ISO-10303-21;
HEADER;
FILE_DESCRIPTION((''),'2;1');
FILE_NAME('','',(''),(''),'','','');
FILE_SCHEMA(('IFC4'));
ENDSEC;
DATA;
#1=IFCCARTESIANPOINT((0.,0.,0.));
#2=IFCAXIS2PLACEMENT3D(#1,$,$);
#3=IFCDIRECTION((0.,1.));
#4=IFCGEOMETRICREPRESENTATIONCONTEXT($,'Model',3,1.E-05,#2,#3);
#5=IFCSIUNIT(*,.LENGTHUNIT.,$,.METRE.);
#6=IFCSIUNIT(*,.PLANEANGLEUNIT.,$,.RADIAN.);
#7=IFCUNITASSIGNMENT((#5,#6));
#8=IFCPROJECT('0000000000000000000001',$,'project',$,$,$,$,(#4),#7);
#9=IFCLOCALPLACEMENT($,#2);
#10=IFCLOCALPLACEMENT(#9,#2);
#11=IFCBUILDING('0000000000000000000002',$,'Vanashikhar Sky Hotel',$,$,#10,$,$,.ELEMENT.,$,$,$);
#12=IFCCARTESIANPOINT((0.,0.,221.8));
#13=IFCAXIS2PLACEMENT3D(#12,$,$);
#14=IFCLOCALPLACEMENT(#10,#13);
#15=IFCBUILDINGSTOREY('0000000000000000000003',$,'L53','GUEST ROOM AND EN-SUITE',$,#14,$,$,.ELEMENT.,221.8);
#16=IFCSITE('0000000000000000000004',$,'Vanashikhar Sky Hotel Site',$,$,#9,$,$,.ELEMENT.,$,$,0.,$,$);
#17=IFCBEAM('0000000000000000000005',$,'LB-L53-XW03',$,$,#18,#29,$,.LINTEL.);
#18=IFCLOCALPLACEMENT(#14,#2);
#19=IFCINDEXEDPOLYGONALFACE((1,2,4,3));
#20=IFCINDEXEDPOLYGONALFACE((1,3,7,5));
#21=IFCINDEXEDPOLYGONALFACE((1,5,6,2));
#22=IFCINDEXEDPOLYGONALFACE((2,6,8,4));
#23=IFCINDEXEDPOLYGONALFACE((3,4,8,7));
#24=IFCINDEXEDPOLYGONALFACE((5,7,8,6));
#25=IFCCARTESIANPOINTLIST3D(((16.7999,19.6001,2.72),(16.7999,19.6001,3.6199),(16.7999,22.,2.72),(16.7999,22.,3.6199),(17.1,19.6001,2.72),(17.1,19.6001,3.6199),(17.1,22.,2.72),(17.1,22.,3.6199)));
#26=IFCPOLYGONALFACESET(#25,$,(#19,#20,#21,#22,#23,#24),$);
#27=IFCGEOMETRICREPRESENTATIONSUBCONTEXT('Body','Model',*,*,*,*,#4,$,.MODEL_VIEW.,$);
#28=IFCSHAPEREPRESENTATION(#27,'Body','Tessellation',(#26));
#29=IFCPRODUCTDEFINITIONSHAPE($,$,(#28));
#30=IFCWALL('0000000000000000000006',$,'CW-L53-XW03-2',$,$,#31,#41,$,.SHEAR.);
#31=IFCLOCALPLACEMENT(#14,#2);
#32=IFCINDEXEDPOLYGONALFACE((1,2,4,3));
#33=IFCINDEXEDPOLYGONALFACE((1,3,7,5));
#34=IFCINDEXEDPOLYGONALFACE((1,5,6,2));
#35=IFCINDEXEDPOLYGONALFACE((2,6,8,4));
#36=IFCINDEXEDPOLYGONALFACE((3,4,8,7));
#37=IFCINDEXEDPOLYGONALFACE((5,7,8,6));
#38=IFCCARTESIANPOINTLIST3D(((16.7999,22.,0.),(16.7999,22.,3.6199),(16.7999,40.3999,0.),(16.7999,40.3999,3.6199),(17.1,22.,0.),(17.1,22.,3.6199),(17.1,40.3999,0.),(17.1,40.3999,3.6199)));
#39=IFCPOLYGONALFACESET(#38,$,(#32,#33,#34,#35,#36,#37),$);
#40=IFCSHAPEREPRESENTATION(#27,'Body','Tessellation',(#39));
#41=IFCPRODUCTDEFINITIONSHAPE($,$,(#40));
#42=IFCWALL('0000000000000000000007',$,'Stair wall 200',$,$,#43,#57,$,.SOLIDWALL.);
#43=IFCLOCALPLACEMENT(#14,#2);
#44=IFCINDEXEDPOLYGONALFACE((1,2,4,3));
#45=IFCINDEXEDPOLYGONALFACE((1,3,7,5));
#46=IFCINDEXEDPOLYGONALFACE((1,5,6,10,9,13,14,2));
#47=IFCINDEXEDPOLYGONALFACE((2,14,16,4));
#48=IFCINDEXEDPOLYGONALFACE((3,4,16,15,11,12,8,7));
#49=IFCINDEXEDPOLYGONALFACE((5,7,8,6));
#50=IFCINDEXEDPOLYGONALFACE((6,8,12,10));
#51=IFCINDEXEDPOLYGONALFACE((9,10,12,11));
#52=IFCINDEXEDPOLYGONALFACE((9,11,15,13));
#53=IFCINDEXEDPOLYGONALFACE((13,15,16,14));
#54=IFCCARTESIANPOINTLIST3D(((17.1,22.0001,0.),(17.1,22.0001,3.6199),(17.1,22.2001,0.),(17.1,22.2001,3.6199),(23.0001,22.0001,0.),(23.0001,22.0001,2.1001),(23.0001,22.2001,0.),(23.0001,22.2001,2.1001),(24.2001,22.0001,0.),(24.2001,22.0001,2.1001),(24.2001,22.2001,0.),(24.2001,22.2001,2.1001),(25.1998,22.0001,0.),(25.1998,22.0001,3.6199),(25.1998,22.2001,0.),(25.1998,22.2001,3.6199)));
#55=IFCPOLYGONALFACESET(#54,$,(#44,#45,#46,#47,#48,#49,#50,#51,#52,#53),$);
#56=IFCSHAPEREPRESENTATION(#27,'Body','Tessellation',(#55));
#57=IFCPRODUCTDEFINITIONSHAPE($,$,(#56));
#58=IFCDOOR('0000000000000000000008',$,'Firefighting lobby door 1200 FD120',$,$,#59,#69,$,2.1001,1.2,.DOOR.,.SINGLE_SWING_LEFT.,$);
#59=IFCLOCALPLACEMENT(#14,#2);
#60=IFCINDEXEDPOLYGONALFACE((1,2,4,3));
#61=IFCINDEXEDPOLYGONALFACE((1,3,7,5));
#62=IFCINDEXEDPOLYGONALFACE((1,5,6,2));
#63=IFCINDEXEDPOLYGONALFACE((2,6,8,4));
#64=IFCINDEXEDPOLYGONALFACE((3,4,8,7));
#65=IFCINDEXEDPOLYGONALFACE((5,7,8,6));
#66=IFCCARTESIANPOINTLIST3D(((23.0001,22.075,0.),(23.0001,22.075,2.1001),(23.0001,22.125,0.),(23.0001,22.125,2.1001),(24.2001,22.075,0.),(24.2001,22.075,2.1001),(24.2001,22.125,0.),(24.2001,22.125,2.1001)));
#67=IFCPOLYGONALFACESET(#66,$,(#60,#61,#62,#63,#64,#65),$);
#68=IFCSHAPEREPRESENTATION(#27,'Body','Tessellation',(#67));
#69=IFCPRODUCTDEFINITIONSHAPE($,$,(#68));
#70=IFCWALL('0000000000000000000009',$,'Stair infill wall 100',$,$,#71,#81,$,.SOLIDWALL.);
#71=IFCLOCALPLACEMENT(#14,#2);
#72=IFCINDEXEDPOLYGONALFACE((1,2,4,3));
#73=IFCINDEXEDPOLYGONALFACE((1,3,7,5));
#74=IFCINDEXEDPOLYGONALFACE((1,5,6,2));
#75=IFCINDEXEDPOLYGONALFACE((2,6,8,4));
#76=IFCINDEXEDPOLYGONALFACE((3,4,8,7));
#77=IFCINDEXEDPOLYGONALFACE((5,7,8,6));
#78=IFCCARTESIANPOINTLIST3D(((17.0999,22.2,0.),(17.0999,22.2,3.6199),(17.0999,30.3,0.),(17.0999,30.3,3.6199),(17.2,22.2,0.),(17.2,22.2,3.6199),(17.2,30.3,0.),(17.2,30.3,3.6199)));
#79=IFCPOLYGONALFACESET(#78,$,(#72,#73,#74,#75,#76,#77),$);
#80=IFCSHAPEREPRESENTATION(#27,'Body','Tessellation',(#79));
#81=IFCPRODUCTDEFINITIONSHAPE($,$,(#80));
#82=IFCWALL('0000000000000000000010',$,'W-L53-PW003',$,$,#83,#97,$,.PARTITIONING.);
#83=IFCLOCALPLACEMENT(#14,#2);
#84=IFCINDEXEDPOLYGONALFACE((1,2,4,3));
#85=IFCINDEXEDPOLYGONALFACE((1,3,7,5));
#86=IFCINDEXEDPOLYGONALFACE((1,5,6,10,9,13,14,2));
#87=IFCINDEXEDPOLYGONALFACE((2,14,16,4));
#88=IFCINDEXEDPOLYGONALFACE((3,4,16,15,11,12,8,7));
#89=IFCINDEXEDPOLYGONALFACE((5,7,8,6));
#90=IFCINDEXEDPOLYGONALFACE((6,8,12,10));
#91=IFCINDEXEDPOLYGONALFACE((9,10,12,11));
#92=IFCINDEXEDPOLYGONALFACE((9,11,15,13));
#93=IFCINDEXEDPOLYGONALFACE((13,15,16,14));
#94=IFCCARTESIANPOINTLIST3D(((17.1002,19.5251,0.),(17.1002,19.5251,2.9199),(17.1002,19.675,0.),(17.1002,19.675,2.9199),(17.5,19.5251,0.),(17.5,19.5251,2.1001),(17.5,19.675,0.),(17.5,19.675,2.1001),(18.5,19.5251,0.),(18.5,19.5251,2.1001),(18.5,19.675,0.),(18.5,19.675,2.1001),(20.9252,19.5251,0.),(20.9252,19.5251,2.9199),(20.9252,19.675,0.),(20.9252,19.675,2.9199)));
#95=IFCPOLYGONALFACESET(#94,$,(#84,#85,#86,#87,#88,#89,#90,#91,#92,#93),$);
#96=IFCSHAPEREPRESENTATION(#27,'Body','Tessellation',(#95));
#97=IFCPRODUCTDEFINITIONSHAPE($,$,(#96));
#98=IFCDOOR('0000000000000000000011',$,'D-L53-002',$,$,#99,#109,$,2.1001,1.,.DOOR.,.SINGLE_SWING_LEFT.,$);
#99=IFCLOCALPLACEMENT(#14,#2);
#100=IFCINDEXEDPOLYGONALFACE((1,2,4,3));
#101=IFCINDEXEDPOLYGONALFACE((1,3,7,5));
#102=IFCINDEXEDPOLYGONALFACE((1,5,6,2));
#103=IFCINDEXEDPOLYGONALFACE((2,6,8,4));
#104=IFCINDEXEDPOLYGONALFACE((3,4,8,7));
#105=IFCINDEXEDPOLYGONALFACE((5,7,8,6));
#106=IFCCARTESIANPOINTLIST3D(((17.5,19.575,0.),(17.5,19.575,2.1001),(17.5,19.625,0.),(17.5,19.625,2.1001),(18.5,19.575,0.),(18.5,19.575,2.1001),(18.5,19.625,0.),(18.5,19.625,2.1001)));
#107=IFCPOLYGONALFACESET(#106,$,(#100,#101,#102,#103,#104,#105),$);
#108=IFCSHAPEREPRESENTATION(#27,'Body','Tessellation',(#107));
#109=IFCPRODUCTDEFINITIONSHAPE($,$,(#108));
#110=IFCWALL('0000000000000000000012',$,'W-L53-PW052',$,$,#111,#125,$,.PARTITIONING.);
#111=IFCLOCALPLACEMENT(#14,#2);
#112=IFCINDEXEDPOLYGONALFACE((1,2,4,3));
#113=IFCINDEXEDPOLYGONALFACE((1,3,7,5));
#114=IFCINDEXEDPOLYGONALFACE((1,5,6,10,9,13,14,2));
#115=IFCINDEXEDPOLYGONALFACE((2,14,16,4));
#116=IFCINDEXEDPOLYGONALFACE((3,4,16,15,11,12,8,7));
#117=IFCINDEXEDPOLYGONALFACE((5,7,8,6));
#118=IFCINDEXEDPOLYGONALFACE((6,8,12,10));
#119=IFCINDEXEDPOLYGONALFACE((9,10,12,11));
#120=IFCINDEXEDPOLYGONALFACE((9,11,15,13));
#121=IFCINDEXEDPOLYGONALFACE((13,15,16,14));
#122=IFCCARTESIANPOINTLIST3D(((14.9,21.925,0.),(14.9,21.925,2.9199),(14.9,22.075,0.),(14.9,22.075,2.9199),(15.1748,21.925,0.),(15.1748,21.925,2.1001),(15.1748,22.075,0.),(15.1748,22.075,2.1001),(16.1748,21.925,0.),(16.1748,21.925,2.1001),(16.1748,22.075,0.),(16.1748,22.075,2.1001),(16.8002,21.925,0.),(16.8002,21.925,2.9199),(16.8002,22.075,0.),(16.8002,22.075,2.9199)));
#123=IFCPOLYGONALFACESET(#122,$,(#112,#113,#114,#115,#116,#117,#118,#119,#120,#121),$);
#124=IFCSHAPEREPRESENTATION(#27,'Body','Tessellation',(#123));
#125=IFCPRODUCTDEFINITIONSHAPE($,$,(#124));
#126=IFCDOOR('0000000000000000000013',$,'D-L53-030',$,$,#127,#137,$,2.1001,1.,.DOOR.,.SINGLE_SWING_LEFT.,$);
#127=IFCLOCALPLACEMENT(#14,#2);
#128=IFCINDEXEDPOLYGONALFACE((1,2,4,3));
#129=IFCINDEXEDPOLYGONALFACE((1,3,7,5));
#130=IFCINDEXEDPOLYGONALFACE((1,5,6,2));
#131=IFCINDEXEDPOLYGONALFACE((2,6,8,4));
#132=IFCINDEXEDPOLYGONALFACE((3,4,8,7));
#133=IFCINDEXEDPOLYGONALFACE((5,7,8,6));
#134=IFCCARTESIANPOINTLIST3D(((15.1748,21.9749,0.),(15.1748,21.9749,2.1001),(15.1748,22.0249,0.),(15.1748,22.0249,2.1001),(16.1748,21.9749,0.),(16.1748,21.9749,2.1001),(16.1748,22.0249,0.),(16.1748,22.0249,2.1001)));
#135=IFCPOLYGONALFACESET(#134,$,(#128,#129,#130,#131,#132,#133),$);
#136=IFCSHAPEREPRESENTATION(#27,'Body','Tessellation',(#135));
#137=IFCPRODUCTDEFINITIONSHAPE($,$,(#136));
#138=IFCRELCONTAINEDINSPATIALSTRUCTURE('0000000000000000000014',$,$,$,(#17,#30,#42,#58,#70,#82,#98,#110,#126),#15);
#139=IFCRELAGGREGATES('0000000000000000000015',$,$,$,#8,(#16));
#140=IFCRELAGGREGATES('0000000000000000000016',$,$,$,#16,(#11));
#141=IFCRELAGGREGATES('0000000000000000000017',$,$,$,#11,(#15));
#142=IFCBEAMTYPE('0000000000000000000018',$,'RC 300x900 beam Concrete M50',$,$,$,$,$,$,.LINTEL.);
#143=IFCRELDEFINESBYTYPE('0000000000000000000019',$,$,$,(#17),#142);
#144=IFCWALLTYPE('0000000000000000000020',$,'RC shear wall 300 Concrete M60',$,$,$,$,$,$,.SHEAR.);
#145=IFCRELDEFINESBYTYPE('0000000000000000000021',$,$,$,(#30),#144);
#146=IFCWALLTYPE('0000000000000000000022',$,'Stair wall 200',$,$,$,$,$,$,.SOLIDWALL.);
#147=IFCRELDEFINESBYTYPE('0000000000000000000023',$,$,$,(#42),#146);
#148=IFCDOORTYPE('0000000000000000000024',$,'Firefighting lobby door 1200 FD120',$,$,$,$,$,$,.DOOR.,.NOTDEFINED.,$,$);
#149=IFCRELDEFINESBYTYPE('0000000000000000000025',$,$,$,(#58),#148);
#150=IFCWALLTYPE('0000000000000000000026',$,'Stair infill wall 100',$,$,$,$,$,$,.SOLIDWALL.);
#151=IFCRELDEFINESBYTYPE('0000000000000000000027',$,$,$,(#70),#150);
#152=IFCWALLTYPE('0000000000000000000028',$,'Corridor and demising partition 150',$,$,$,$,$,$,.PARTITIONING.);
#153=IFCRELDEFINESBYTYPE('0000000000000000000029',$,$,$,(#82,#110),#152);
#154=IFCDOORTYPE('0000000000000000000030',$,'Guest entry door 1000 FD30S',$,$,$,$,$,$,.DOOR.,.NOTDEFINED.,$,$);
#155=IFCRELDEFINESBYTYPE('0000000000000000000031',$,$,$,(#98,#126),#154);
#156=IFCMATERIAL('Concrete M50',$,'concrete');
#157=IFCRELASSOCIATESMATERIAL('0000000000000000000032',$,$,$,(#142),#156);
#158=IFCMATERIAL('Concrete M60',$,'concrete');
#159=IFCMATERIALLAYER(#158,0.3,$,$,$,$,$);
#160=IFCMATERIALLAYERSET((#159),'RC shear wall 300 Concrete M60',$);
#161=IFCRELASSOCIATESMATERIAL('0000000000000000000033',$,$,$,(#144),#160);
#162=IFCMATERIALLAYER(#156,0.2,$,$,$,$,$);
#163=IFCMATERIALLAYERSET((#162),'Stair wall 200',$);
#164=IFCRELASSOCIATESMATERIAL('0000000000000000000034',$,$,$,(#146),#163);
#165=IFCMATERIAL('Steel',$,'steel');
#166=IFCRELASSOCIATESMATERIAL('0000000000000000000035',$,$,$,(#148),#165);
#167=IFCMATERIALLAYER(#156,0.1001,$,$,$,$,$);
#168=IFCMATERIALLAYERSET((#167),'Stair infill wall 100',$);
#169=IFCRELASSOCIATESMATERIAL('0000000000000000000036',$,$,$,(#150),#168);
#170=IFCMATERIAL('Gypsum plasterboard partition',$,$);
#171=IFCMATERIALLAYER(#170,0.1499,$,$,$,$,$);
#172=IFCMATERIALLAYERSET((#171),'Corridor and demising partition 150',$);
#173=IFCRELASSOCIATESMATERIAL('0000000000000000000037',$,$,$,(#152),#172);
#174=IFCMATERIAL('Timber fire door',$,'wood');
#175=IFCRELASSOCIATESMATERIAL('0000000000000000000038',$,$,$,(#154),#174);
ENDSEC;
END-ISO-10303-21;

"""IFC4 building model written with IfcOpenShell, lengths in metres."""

from ifc_helpers import new_model, si_unit, direction, frame, frame_2d, origin, origin_2d, place, context, subcontext, project, spatial, rectangle, extrude, source, transform, mapped, material, layer, layer_set, material_profile, profile_set, type_object, element, fill, save


model = new_model("IFC4")

# Units and contexts
model_context = context("Model", 3, precision=1e-05, world=origin(), true_north=direction((0.0, 1.0)))
body_context = subcontext(model_context, "Body", "Model", "MODEL_VIEW")
ifc_project = project(units=[si_unit("LENGTHUNIT", "METRE"), si_unit("PLANEANGLEUNIT", "RADIAN")], contexts=[model_context])

# Site, building, storey
site_placement = place(None, origin())
site = spatial("IfcSite", under=ifc_project, at=site_placement, Name="Vanashikhar Sky Hotel Site", CompositionType="ELEMENT", RefElevation=0.0)
building_placement = place(site_placement, origin())
building = spatial("IfcBuilding", under=site, at=building_placement, Name="Vanashikhar Sky Hotel", CompositionType="ELEMENT")
storey_placement = place(building_placement, frame((0.0, 0.0, 221.8)))
storey = spatial("IfcBuildingStorey", under=building, at=storey_placement, Name="L53", Description="GUEST ROOM AND EN-SUITE", CompositionType="ELEMENT", Elevation=221.8)

# Beam
ifc_material_1 = material(Name="Concrete M50", Category="concrete")
ifc_material_profile = material_profile(ifc_material_1, rectangle(XDim=0.3, YDim=0.8999, at=origin_2d()))
ifc_profile_set = profile_set([ifc_material_profile], Name="RC 300x900 beam Concrete M50")
beam_type = type_object("IfcBeamType", Name="RC 300x900 beam Concrete M50", PredefinedType="LINTEL", material=ifc_profile_set)
shared_shape_1 = source(origin(), body_context, "Body", "SweptSolid", [
    extrude(rectangle(XDim=0.3, YDim=0.8999, at=origin_2d()), origin(), (0.0, 0.0, 1.0), 2.3999),
])
beam_placement = place(storey_placement, frame((16.95, 19.6001, 3.1699), z_axis=(0.0, 1.0, 0.0), x_axis=(-1.0, 0.0, 0.0)))
element("IfcBeam", 1, at=beam_placement, inside=storey, type_object=beam_type, Name="LB-L53-XW03", PredefinedType="LINTEL", context=body_context, shape_type="MappedRepresentation", body=[
    mapped(shared_shape_1, transform((0.0, 0.0, 0.0), scale=1.0)),
])

# Wall
ifc_material_2 = material(Name="Concrete M60", Category="concrete")
ifc_layer_1 = layer(ifc_material_2, 0.3)
ifc_layer_set_1 = layer_set([ifc_layer_1], Name="RC shear wall 300 Concrete M60")
wall_type_1 = type_object("IfcWallType", Name="RC shear wall 300 Concrete M60", PredefinedType="SHEAR", material=ifc_layer_set_1)
shared_shape_2 = source(origin(), body_context, "Body", "SweptSolid", [
    extrude(rectangle(XDim=18.3999, YDim=0.3, at=frame_2d((9.2, 0.0))), origin(), (0.0, 0.0, 1.0), 3.6199),
])
wall_1_placement = place(storey_placement, frame((16.95, 22.0, 0.0), z_axis=(0.0, 0.0, 1.0), x_axis=(0.0, 1.0, 0.0)))
element("IfcWall", 2, at=wall_1_placement, inside=storey, type_object=wall_type_1, Name="CW-L53-XW03-2", PredefinedType="SHEAR", context=body_context, shape_type="MappedRepresentation", body=[
    mapped(shared_shape_2, transform((0.0, 0.0, 0.0), scale=1.0)),
])

# Wall, opening, door
ifc_layer_2 = layer(ifc_material_1, 0.2)
ifc_layer_set_2 = layer_set([ifc_layer_2], Name="Stair wall 200")
wall_type_2 = type_object("IfcWallType", Name="Stair wall 200", PredefinedType="SOLIDWALL", material=ifc_layer_set_2)
shared_shape_3 = source(origin(), body_context, "Body", "SweptSolid", [
    extrude(rectangle(XDim=8.0999, YDim=0.2, at=frame_2d((4.0498, 0.0))), origin(), (0.0, 0.0, 1.0), 3.6199),
])
wall_2_placement = place(storey_placement, frame((17.1001, 22.1001, 0.0), z_axis=(0.0, 0.0, 1.0), x_axis=(1.0, 0.0, 0.0)))
wall_2 = element("IfcWall", 3, at=wall_2_placement, inside=storey, type_object=wall_type_2, Name="Stair wall 200", PredefinedType="SOLIDWALL", context=body_context, shape_type="MappedRepresentation", body=[
    mapped(shared_shape_3, transform((0.0, 0.0, 0.0), scale=1.0)),
])
shared_shape_4 = source(origin(), body_context, "Body", "SweptSolid", [
    extrude(rectangle(XDim=1.2, YDim=2.1001, at=frame_2d((0.6001, 1.05))), frame((0.0, 0.1099, 0.0), z_axis=(0.0, -1.0, 0.0), x_axis=(1.0, 0.0, 0.0)), (0.0, 0.0, 1.0), 0.22),
])
opening_1_placement = place(wall_2_placement, frame((5.8999, 0.0, 0.0)))
opening_1 = element("IfcOpeningElement", 4, at=opening_1_placement, cuts=wall_2, PredefinedType="OPENING", context=body_context, shape_type="MappedRepresentation", body=[
    mapped(shared_shape_4, transform((0.0, 0.0, 0.0), scale=1.0)),
])
ifc_material_3 = material(Name="Steel", Category="steel")
door_type_1 = type_object("IfcDoorType", Name="Firefighting lobby door 1200 FD120", OperationType="NOTDEFINED", PredefinedType="DOOR", material=ifc_material_3)
shared_shape_5 = source(origin(), body_context, "Body", "SweptSolid", [
    extrude(rectangle(XDim=1.2, YDim=2.1001, at=frame_2d((0.6001, 1.05))), frame((0.0, 0.0249, 0.0), z_axis=(0.0, -1.0, 0.0), x_axis=(1.0, 0.0, 0.0)), (0.0, 0.0, 1.0), 0.05),
])
door_1_placement = place(opening_1_placement, origin())
door_1 = element("IfcDoor", 5, at=door_1_placement, inside=storey, type_object=door_type_1, Name="Firefighting lobby door 1200 FD120", OperationType="SINGLE_SWING_LEFT", OverallHeight=2.1001, OverallWidth=1.2, PredefinedType="DOOR", context=body_context, shape_type="MappedRepresentation", body=[
    mapped(shared_shape_5, transform((0.0, 0.0, 0.0), scale=1.0)),
])
fill(opening_1, door_1)

# Wall
ifc_layer_3 = layer(ifc_material_1, 0.1001)
ifc_layer_set_3 = layer_set([ifc_layer_3], Name="Stair infill wall 100")
wall_type_3 = type_object("IfcWallType", Name="Stair infill wall 100", PredefinedType="SOLIDWALL", material=ifc_layer_set_3)
shared_shape_6 = source(origin(), body_context, "Body", "SweptSolid", [
    extrude(rectangle(XDim=8.1001, YDim=0.1001, at=frame_2d((4.05, 0.0))), origin(), (0.0, 0.0, 1.0), 3.6199),
])
wall_3_placement = place(storey_placement, frame((17.1499, 22.2, 0.0), z_axis=(0.0, 0.0, 1.0), x_axis=(0.0, 1.0, 0.0)))
element("IfcWall", 6, at=wall_3_placement, inside=storey, type_object=wall_type_3, Name="Stair infill wall 100", PredefinedType="SOLIDWALL", context=body_context, shape_type="MappedRepresentation", body=[
    mapped(shared_shape_6, transform((0.0, 0.0, 0.0), scale=1.0)),
])

# Walls, openings, doors
ifc_material_4 = material(Name="Gypsum plasterboard partition")
ifc_layer_4 = layer(ifc_material_4, 0.1499)
ifc_layer_set_4 = layer_set([ifc_layer_4], Name="Corridor and demising partition 150")
wall_type_4 = type_object("IfcWallType", Name="Corridor and demising partition 150", PredefinedType="PARTITIONING", material=ifc_layer_set_4)
shared_shape_7 = source(origin(), body_context, "Body", "SweptSolid", [
    extrude(rectangle(XDim=3.825, YDim=0.1499, at=frame_2d((1.9126, 0.0))), origin(), (0.0, 0.0, 1.0), 2.9199),
])
wall_4_placement = place(storey_placement, frame((17.1001, 19.6001, 0.0), z_axis=(0.0, 0.0, 1.0), x_axis=(1.0, 0.0, 0.0)))
wall_4 = element("IfcWall", 7, at=wall_4_placement, inside=storey, type_object=wall_type_4, Name="W-L53-PW003", PredefinedType="PARTITIONING", context=body_context, shape_type="MappedRepresentation", body=[
    mapped(shared_shape_7, transform((0.0, 0.0, 0.0), scale=1.0)),
])
shared_shape_8 = source(origin(), body_context, "Body", "SweptSolid", [
    extrude(rectangle(XDim=1.0, YDim=2.1001, at=frame_2d((0.5, 1.05))), frame((0.0, 0.085, 0.0), z_axis=(0.0, -1.0, 0.0), x_axis=(1.0, 0.0, 0.0)), (0.0, 0.0, 1.0), 0.1699),
])
opening_2_placement = place(wall_4_placement, frame((0.3999, 0.0, 0.0)))
opening_2 = element("IfcOpeningElement", 8, at=opening_2_placement, cuts=wall_4, PredefinedType="OPENING", context=body_context, shape_type="MappedRepresentation", body=[
    mapped(shared_shape_8, transform((0.0, 0.0, 0.0), scale=1.0)),
])
ifc_material_5 = material(Name="Timber fire door", Category="wood")
door_type_2 = type_object("IfcDoorType", Name="Guest entry door 1000 FD30S", OperationType="NOTDEFINED", PredefinedType="DOOR", material=ifc_material_5)
shared_shape_9 = source(origin(), body_context, "Body", "SweptSolid", [
    extrude(rectangle(XDim=1.0, YDim=2.1001, at=frame_2d((0.5, 1.05))), frame((0.0, 0.0249, 0.0), z_axis=(0.0, -1.0, 0.0), x_axis=(1.0, 0.0, 0.0)), (0.0, 0.0, 1.0), 0.05),
])
door_2_placement = place(opening_2_placement, origin())
door_2 = element("IfcDoor", 9, at=door_2_placement, inside=storey, type_object=door_type_2, Name="D-L53-002", OperationType="SINGLE_SWING_LEFT", OverallHeight=2.1001, OverallWidth=1.0, PredefinedType="DOOR", context=body_context, shape_type="MappedRepresentation", body=[
    mapped(shared_shape_9, transform((0.0, 0.0, 0.0), scale=1.0)),
])
fill(opening_2, door_2)
shared_shape_10 = source(origin(), body_context, "Body", "SweptSolid", [
    extrude(rectangle(XDim=1.9001, YDim=0.1499, at=frame_2d((0.9502, 0.0))), origin(), (0.0, 0.0, 1.0), 2.9199),
])
wall_5_placement = place(storey_placement, frame((14.8999, 22.0, 0.0), z_axis=(0.0, 0.0, 1.0), x_axis=(1.0, 0.0, 0.0)))
wall_5 = element("IfcWall", 10, at=wall_5_placement, inside=storey, type_object=wall_type_4, Name="W-L53-PW052", PredefinedType="PARTITIONING", context=body_context, shape_type="MappedRepresentation", body=[
    mapped(shared_shape_10, transform((0.0, 0.0, 0.0), scale=1.0)),
])
opening_3_placement = place(wall_5_placement, frame((0.2749, 0.0, 0.0)))
opening_3 = element("IfcOpeningElement", 11, at=opening_3_placement, cuts=wall_5, PredefinedType="OPENING", context=body_context, shape_type="MappedRepresentation", body=[
    mapped(shared_shape_8, transform((0.0, 0.0, 0.0), scale=1.0)),
])
door_3_placement = place(opening_3_placement, origin())
door_3 = element("IfcDoor", 12, at=door_3_placement, inside=storey, type_object=door_type_2, Name="D-L53-030", OperationType="SINGLE_SWING_LEFT", OverallHeight=2.1001, OverallWidth=1.0, PredefinedType="DOOR", context=body_context, shape_type="MappedRepresentation", body=[
    mapped(shared_shape_9, transform((0.0, 0.0, 0.0), scale=1.0)),
])
fill(opening_3, door_3)

save(model, "model.ifc")
